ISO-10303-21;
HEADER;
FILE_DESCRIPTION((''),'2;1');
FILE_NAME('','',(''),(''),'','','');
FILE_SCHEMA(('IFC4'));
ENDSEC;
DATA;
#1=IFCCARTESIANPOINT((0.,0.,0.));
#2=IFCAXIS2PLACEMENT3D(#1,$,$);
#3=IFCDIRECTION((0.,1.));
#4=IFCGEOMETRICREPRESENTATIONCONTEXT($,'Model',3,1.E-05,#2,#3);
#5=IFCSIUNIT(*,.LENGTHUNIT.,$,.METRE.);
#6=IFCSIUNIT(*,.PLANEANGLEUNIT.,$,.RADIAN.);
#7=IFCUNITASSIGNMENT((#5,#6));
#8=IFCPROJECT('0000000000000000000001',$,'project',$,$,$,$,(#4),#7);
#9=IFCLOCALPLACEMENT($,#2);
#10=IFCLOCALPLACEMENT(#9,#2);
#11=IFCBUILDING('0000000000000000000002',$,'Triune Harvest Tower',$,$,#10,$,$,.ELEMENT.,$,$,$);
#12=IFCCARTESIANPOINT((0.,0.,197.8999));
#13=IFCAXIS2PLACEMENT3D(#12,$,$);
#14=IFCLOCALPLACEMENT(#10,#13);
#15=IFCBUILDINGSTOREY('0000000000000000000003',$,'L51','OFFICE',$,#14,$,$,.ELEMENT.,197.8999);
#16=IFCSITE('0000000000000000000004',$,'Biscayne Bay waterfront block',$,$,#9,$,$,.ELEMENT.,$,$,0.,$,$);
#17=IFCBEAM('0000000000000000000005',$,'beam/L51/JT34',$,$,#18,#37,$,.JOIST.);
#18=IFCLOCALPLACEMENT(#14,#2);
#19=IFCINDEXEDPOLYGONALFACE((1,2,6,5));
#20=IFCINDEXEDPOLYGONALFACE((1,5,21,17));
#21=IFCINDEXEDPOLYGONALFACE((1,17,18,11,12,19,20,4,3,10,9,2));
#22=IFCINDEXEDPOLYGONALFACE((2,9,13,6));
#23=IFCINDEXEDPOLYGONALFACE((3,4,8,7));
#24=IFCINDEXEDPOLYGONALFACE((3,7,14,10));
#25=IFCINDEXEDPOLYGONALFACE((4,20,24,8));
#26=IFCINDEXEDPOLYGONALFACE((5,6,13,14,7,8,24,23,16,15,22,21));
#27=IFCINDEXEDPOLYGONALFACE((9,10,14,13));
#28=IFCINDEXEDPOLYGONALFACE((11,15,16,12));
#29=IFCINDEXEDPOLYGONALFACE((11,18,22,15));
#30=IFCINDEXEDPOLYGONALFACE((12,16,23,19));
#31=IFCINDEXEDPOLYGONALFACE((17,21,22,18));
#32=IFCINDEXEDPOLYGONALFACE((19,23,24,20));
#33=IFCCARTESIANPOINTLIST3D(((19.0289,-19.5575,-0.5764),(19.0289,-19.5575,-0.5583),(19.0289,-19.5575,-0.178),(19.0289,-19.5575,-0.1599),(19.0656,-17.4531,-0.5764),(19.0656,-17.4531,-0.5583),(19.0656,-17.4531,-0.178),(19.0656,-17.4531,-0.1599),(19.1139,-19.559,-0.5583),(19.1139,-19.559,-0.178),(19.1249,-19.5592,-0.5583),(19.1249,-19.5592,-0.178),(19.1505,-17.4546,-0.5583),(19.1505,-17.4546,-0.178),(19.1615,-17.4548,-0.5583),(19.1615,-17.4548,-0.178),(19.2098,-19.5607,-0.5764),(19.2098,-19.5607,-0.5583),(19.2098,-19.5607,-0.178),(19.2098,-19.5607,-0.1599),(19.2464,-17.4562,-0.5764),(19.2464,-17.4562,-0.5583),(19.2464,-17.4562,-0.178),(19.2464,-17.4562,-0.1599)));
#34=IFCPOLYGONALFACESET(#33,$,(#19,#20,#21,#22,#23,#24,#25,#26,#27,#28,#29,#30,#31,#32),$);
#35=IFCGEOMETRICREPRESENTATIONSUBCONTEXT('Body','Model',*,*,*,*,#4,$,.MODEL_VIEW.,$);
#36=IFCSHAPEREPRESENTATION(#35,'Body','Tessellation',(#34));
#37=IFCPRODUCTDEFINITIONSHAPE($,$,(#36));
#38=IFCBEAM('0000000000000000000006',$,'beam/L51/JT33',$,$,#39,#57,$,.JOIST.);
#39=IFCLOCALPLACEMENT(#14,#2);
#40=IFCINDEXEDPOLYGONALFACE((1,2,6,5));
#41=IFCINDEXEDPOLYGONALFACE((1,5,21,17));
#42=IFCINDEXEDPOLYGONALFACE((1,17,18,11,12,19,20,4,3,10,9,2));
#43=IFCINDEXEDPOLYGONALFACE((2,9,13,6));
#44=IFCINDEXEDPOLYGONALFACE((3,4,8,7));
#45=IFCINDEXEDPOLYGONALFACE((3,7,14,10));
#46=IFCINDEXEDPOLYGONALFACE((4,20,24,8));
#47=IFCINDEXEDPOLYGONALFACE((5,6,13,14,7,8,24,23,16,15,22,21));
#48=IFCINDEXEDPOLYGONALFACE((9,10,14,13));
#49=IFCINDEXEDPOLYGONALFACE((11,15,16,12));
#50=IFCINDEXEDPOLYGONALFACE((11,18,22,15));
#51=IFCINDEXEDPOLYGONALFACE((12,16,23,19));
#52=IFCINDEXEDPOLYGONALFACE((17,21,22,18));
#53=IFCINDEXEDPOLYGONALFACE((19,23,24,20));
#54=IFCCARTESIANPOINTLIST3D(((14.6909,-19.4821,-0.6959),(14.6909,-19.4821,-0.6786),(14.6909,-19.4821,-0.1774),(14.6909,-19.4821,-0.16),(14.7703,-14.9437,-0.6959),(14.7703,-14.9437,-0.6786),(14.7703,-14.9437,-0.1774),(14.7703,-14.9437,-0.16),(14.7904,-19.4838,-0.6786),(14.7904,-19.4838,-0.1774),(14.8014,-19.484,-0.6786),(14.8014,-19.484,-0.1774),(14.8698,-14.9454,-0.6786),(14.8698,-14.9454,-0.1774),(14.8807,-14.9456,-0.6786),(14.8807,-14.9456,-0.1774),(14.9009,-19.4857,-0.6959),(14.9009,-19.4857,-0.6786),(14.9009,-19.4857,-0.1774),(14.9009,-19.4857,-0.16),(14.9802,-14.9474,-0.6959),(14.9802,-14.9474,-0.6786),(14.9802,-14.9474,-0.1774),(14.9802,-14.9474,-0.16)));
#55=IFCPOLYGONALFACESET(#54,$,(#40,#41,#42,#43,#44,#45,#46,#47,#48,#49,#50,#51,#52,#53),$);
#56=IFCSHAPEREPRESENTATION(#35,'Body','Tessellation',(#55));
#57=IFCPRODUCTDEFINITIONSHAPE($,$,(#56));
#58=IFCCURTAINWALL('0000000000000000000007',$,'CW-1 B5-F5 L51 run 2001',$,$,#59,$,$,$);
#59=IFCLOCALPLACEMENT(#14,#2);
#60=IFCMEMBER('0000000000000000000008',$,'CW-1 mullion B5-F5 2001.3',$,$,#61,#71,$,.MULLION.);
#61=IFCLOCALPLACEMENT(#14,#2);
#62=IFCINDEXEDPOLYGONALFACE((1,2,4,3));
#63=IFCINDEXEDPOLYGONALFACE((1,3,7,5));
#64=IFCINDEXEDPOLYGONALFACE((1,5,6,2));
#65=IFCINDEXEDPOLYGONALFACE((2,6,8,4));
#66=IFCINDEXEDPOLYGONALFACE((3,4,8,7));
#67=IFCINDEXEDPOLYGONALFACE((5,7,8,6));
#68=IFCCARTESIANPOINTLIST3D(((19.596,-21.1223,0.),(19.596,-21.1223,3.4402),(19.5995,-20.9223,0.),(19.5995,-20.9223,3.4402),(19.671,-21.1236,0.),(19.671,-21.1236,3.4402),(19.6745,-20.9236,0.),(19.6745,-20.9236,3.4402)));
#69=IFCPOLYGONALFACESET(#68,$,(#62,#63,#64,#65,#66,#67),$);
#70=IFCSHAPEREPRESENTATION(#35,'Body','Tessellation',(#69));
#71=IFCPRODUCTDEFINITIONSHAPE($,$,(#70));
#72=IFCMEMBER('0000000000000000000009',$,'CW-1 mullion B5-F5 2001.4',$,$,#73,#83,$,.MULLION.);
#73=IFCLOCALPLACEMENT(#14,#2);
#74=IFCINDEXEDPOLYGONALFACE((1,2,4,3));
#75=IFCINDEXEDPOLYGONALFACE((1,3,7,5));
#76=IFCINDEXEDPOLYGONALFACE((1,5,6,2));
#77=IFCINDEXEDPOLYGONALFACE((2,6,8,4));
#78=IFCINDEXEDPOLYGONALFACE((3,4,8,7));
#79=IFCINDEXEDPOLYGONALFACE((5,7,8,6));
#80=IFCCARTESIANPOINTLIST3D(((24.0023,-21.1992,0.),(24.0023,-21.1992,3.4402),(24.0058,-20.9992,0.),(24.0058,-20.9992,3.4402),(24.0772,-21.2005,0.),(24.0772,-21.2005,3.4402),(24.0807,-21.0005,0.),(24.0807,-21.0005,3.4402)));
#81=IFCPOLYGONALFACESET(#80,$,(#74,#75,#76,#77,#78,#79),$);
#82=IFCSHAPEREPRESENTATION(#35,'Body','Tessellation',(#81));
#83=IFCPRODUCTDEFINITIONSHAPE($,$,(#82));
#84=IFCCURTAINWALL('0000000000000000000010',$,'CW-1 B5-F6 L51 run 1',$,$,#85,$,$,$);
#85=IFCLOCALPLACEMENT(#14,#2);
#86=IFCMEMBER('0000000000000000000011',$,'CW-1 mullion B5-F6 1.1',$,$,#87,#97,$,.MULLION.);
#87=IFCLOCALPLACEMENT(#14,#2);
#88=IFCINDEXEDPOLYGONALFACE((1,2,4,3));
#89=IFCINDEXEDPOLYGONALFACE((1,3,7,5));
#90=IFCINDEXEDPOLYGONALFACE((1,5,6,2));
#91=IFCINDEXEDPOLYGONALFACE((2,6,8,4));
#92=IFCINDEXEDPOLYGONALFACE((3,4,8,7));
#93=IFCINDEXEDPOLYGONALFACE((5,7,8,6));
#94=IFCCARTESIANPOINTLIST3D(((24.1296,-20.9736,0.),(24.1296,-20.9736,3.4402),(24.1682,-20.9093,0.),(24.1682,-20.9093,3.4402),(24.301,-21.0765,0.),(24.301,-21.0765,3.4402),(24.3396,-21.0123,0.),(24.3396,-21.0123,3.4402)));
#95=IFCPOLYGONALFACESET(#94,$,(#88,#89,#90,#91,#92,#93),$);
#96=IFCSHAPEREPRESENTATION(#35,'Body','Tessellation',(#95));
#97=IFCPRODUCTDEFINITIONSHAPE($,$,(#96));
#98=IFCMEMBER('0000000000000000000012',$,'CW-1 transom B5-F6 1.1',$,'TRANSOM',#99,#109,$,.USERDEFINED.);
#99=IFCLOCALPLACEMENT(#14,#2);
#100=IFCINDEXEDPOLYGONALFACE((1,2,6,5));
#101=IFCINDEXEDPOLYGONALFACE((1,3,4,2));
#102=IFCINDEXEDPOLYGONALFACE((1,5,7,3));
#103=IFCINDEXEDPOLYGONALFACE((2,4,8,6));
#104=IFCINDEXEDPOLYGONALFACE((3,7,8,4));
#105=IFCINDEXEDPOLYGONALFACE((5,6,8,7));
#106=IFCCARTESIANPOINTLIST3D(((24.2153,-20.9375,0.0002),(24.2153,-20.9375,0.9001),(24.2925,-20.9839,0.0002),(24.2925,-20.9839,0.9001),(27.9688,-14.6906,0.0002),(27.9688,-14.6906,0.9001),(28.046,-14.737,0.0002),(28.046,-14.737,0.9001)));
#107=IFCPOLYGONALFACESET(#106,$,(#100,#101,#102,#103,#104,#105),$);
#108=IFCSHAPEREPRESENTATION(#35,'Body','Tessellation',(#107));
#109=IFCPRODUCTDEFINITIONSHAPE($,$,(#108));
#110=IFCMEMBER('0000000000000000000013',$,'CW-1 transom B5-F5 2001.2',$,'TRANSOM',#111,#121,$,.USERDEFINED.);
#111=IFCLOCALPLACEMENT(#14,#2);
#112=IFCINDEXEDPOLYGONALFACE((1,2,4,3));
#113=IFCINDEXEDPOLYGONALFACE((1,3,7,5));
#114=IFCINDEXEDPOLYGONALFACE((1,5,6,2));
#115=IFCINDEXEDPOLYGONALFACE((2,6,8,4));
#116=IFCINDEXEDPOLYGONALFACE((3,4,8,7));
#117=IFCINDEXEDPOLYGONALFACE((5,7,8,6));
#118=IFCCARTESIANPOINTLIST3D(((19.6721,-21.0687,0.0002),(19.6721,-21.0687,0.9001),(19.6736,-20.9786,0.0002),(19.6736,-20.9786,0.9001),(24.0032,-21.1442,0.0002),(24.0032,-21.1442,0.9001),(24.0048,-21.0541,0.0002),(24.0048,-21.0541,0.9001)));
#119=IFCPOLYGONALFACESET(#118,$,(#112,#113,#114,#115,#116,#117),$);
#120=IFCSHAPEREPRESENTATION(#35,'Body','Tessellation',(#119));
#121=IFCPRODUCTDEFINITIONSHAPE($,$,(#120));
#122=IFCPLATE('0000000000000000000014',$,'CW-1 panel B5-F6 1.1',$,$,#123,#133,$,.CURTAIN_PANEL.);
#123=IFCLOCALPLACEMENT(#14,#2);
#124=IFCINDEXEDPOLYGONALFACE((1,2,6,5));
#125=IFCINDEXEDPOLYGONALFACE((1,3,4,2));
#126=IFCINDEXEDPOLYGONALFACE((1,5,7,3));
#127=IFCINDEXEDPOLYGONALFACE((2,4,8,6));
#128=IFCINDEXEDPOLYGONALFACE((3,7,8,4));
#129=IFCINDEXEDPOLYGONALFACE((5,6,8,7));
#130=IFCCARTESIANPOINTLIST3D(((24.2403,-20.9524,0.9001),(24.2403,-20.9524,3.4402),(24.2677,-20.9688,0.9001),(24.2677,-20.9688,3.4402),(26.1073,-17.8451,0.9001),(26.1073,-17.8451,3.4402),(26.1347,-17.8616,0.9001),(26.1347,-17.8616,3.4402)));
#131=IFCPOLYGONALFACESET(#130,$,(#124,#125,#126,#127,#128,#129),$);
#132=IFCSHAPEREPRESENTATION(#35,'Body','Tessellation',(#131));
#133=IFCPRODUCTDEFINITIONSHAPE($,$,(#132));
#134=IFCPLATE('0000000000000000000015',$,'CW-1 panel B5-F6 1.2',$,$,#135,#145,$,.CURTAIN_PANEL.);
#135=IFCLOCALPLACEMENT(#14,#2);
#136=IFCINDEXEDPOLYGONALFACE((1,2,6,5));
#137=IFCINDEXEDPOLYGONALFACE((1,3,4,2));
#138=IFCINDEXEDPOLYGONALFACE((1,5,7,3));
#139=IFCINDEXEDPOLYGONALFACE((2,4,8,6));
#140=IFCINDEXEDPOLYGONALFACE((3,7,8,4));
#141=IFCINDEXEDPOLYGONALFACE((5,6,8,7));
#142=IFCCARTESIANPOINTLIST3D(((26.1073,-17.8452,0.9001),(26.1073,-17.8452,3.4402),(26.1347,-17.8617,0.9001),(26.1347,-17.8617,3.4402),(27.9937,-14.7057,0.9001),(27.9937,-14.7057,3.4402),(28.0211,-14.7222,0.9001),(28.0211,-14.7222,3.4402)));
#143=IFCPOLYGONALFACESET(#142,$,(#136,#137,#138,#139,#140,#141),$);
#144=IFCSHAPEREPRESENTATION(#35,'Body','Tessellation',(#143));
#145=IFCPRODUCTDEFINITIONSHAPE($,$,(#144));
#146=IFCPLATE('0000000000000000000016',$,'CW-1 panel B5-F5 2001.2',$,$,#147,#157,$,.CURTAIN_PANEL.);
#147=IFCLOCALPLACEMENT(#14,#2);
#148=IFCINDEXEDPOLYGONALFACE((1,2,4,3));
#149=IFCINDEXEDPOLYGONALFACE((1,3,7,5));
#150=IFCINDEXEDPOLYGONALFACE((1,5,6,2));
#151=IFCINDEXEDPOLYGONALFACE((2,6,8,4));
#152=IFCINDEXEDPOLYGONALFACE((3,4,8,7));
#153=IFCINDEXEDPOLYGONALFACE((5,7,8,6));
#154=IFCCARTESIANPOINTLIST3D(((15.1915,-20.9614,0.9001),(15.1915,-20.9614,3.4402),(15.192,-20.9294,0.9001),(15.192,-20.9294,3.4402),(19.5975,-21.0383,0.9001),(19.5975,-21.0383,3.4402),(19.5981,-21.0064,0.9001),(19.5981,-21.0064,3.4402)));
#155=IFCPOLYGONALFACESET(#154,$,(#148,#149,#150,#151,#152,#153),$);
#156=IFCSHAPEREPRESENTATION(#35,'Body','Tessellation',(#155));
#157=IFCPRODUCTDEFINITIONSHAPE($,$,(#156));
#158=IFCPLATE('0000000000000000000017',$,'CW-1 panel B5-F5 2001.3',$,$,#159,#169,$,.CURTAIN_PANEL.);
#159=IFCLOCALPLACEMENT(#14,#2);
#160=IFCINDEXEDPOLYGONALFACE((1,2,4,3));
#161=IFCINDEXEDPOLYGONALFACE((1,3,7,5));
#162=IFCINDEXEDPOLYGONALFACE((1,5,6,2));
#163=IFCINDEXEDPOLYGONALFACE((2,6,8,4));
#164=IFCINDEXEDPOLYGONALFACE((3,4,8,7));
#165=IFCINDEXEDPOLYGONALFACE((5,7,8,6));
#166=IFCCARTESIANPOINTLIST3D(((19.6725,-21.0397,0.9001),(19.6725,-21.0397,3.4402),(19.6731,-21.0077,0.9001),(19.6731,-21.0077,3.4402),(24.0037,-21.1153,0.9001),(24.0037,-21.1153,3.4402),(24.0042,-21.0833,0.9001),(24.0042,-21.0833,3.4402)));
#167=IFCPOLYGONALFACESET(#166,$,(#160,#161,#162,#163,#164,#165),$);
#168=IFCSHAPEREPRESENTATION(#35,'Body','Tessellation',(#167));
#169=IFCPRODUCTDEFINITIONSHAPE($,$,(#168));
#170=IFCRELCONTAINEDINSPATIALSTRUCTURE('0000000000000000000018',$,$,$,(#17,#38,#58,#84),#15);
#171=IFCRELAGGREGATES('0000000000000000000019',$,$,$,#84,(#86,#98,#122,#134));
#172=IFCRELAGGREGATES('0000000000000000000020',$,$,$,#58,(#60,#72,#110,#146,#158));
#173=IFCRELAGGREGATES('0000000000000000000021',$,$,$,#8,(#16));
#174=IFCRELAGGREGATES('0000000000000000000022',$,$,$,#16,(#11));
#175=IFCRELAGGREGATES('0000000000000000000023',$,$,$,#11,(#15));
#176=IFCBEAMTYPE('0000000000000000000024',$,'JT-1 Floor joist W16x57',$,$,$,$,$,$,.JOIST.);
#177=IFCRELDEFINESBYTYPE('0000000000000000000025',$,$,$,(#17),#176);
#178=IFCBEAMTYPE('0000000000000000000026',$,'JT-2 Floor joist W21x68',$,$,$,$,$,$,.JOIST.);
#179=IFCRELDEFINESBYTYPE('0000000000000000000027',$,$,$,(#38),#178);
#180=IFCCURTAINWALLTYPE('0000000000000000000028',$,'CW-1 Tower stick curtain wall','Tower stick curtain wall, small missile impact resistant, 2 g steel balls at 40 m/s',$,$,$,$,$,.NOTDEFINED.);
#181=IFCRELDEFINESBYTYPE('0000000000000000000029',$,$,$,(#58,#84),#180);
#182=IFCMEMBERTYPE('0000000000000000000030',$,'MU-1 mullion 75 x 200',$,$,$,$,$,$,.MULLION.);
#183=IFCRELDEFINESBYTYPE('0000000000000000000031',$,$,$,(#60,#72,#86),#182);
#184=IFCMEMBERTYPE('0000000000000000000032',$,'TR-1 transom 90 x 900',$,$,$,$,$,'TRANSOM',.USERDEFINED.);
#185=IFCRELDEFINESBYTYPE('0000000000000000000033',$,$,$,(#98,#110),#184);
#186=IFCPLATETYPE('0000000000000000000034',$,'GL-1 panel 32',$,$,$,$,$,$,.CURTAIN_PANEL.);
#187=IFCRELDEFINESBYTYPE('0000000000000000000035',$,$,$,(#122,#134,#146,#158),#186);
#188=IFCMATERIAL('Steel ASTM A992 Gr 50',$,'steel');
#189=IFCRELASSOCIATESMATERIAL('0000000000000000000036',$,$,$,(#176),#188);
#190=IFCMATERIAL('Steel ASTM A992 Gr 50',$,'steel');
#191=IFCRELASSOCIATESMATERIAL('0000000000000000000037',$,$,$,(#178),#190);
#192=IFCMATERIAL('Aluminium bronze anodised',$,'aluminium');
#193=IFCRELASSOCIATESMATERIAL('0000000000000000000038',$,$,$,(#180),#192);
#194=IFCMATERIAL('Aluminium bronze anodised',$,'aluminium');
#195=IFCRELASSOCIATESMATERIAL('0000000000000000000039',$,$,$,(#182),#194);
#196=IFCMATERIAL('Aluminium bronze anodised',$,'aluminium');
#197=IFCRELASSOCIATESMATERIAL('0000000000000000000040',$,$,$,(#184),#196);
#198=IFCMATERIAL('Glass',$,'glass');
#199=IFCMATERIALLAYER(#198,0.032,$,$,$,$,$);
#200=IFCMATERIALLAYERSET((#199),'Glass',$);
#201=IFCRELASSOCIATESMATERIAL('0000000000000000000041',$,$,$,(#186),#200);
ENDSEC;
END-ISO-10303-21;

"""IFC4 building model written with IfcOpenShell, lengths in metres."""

from ifc_helpers import new_model, si_unit, direction, frame, origin, origin_2d, place, context, subcontext, project, spatial, rectangle, i_section, extrude, source, transform, mapped, material, layer, layer_set, material_profile, profile_set, type_object, element, aggregate, save


model = new_model("IFC4")

# Units and contexts
model_context = context("Model", 3, precision=1e-05, world=origin(), true_north=direction((0.0, 1.0)))
body_context = subcontext(model_context, "Body", "Model", "MODEL_VIEW")
ifc_project = project(units=[si_unit("LENGTHUNIT", "METRE"), si_unit("PLANEANGLEUNIT", "RADIAN")], contexts=[model_context])

# Site, building, storey
site_placement = place(None, origin())
site = spatial("IfcSite", under=ifc_project, at=site_placement, Name="Biscayne Bay waterfront block", CompositionType="ELEMENT", RefElevation=0.0)
building_placement = place(site_placement, origin())
building = spatial("IfcBuilding", under=site, at=building_placement, Name="Triune Harvest Tower", CompositionType="ELEMENT")
storey_placement = place(building_placement, frame((0.0, 0.0, 197.8999)))
storey = spatial("IfcBuildingStorey", under=building, at=storey_placement, Name="L51", Description="OFFICE", CompositionType="ELEMENT", Elevation=197.8999)

# Beams
ifc_material_1 = material(Name="Steel ASTM A992 Gr 50", Category="steel")
ifc_material_profile_1 = material_profile(ifc_material_1, i_section(OverallWidth=0.1809, OverallDepth=0.4165, WebThickness=0.011, FlangeThickness=0.0181, at=origin_2d()), Name="W16x57")
ifc_profile_set_1 = profile_set([ifc_material_profile_1], Name="Steel ASTM A992 Gr 50")
beam_type_1 = type_object("IfcBeamType", Name="JT-1 Floor joist W16x57", PredefinedType="JOIST", material=ifc_profile_set_1)
shared_shape_1 = source(origin(), body_context, "Body", "SweptSolid", [
    extrude(i_section(OverallWidth=0.1809, OverallDepth=0.4165, WebThickness=0.011, FlangeThickness=0.0181, at=origin_2d()), origin(), (0.0, 0.0, 1.0), 2.1047),
])
beam_1_placement = place(storey_placement, frame((19.1194, -19.5591, -0.3682), z_axis=(0.017399, 0.999849, 0.0), x_axis=(-0.999849, 0.017399, 0.0)))
element("IfcBeam", 1, at=beam_1_placement, inside=storey, type_object=beam_type_1, Name="beam/L51/JT34", PredefinedType="JOIST", context=body_context, shape_type="MappedRepresentation", body=[
    mapped(shared_shape_1, transform((0.0, 0.0, 0.0), scale=1.0)),
])
ifc_material_2 = material(Name="Steel ASTM A992 Gr 50", Category="steel")
ifc_material_profile_2 = material_profile(ifc_material_2, i_section(OverallWidth=0.21, OverallDepth=0.5359, WebThickness=0.011, FlangeThickness=0.0173, at=origin_2d()), Name="W21x68")
ifc_profile_set_2 = profile_set([ifc_material_profile_2], Name="Steel ASTM A992 Gr 50")
beam_type_2 = type_object("IfcBeamType", Name="JT-2 Floor joist W21x68", PredefinedType="JOIST", material=ifc_profile_set_2)
shared_shape_2 = source(origin(), body_context, "Body", "SweptSolid", [
    extrude(i_section(OverallWidth=0.21, OverallDepth=0.5359, WebThickness=0.011, FlangeThickness=0.0173, at=origin_2d()), origin(), (0.0, 0.0, 1.0), 4.5391),
])
beam_2_placement = place(storey_placement, frame((14.7959, -19.4839, -0.428), z_axis=(0.017481, 0.999847, 0.0), x_axis=(-0.999847, 0.017481, 0.0)))
element("IfcBeam", 2, at=beam_2_placement, inside=storey, type_object=beam_type_2, Name="beam/L51/JT33", PredefinedType="JOIST", context=body_context, shape_type="MappedRepresentation", body=[
    mapped(shared_shape_2, transform((0.0, 0.0, 0.0), scale=1.0)),
])

# Curtain walls, members
ifc_material_3 = material(Name="Aluminium bronze anodised", Category="aluminium")
curtain_wall_type = type_object("IfcCurtainWallType", Name="CW-1 Tower stick curtain wall", Description="Tower stick curtain wall, small missile impact resistant, 2 g steel balls at 40 m/s", PredefinedType="NOTDEFINED", material=ifc_material_3)
curtain_wall_1_placement = place(storey_placement, origin())
curtain_wall_1 = element("IfcCurtainWall", 3, at=curtain_wall_1_placement, inside=storey, type_object=curtain_wall_type, Name="CW-1 B5-F5 L51 run 2001")
ifc_material_4 = material(Name="Aluminium bronze anodised", Category="aluminium")
ifc_material_profile_3 = material_profile(ifc_material_4, rectangle(XDim=0.2, YDim=0.075, at=origin_2d()), Name="MU-1 mullion 75 x 200")
ifc_profile_set_3 = profile_set([ifc_material_profile_3], Name="Aluminium bronze anodised")
member_type_1 = type_object("IfcMemberType", Name="MU-1 mullion 75 x 200", PredefinedType="MULLION", material=ifc_profile_set_3)
shared_shape_3 = source(origin(), body_context, "Body", "SweptSolid", [
    extrude(rectangle(XDim=0.2, YDim=0.075, at=origin_2d()), origin(), (0.0, 0.0, 1.0), 3.4402),
])
member_1_placement = place(storey_placement, frame((19.6353, -21.0229, 0.0), z_axis=(0.0, 0.0, 1.0), x_axis=(0.017455, 0.999848, 0.0)))
member_1 = element("IfcMember", 4, at=member_1_placement, type_object=member_type_1, Name="CW-1 mullion B5-F5 2001.3", PredefinedType="MULLION", context=body_context, shape_type="MappedRepresentation", body=[
    mapped(shared_shape_3, transform((0.0, 0.0, 0.0), scale=1.0)),
])
member_2_placement = place(storey_placement, frame((24.0415, -21.0999, 0.0), z_axis=(0.0, 0.0, 1.0), x_axis=(0.017455, 0.999848, 0.0)))
member_2 = element("IfcMember", 5, at=member_2_placement, type_object=member_type_1, Name="CW-1 mullion B5-F5 2001.4", PredefinedType="MULLION", context=body_context, shape_type="MappedRepresentation", body=[
    mapped(shared_shape_3, transform((0.0, 0.0, 0.0), scale=1.0)),
])
curtain_wall_2_placement = place(storey_placement, origin())
curtain_wall_2 = element("IfcCurtainWall", 6, at=curtain_wall_2_placement, inside=storey, type_object=curtain_wall_type, Name="CW-1 B5-F6 L51 run 1")
member_3_placement = place(storey_placement, frame((24.2346, -20.9929, 0.0), z_axis=(0.0, 0.0, 1.0), x_axis=(-0.857168, 0.515037, 0.0)))
member_3 = element("IfcMember", 7, at=member_3_placement, type_object=member_type_1, Name="CW-1 mullion B5-F6 1.1", PredefinedType="MULLION", context=body_context, shape_type="MappedRepresentation", body=[
    mapped(shared_shape_3, transform((0.0, 0.0, 0.0), scale=1.0)),
])
ifc_material_5 = material(Name="Aluminium bronze anodised", Category="aluminium")
ifc_material_profile_4 = material_profile(ifc_material_5, rectangle(XDim=0.0901, YDim=0.8999, at=origin_2d()), Name="TR-1 transom 90 x 900")
ifc_profile_set_4 = profile_set([ifc_material_profile_4], Name="Aluminium bronze anodised")
member_type_2 = type_object("IfcMemberType", Name="TR-1 transom 90 x 900", ElementType="TRANSOM", PredefinedType="USERDEFINED", material=ifc_profile_set_4)
shared_shape_4 = source(origin(), body_context, "Body", "SweptSolid", [
    extrude(rectangle(XDim=0.0901, YDim=0.8999, at=origin_2d()), origin(), (0.0, 0.0, 1.0), 7.2878),
])
member_4_placement = place(storey_placement, frame((24.2539, -20.9607, 0.4502), z_axis=(0.515033, 0.857171, 0.0), x_axis=(-0.857171, 0.515033, 0.0)))
member_4 = element("IfcMember", 8, at=member_4_placement, type_object=member_type_2, Name="CW-1 transom B5-F6 1.1", ObjectType="TRANSOM", PredefinedType="USERDEFINED", context=body_context, shape_type="MappedRepresentation", body=[
    mapped(shared_shape_4, transform((0.0, 0.0, 0.0), scale=1.0)),
])

# Member
shared_shape_5 = source(origin(), body_context, "Body", "SweptSolid", [
    extrude(rectangle(XDim=0.0901, YDim=0.8999, at=origin_2d()), origin(), (0.0, 0.0, 1.0), 4.3318),
])
member_5_placement = place(storey_placement, frame((19.6729, -21.0237, 0.4502), z_axis=(0.999848, -0.017416, 0.0), x_axis=(0.017416, 0.999848, 0.0)))
member_5 = element("IfcMember", 9, at=member_5_placement, type_object=member_type_2, Name="CW-1 transom B5-F5 2001.2", ObjectType="TRANSOM", PredefinedType="USERDEFINED", context=body_context, shape_type="MappedRepresentation", body=[
    mapped(shared_shape_5, transform((0.0, 0.0, 0.0), scale=1.0)),
])

# Plates
ifc_material_6 = material(Name="Glass", Category="glass")
ifc_layer_1 = layer(ifc_material_6, 0.032)
ifc_layer_set_1 = layer_set([ifc_layer_1], Name="Glass")
plate_type = type_object("IfcPlateType", Name="GL-1 panel 32", PredefinedType="CURTAIN_PANEL", material=ifc_layer_set_1)
shared_shape_6 = source(origin(), body_context, "Body", "SweptSolid", [
    extrude(rectangle(XDim=3.625, YDim=0.032, at=origin_2d()), origin(), (0.0, 0.0, 1.0), 2.54),
])
plate_1_placement = place(storey_placement, frame((25.1875, -19.407, 0.9001), z_axis=(0.0, 0.0, 1.0), x_axis=(0.515037, 0.857168, 0.0)))
plate_1 = element("IfcPlate", 10, at=plate_1_placement, type_object=plate_type, Name="CW-1 panel B5-F6 1.1", PredefinedType="CURTAIN_PANEL", context=body_context, shape_type="MappedRepresentation", body=[
    mapped(shared_shape_6, transform((0.0, 0.0, 0.0), scale=1.0)),
])
shared_shape_7 = source(origin(), body_context, "Body", "SweptSolid", [
    extrude(rectangle(XDim=3.6626, YDim=0.032, at=origin_2d()), origin(), (0.0, 0.0, 1.0), 2.54),
])
plate_2_placement = place(storey_placement, frame((27.0642, -16.2837, 0.9001), z_axis=(0.0, 0.0, 1.0), x_axis=(0.515037, 0.857168, 0.0)))
plate_2 = element("IfcPlate", 11, at=plate_2_placement, type_object=plate_type, Name="CW-1 panel B5-F6 1.2", PredefinedType="CURTAIN_PANEL", context=body_context, shape_type="MappedRepresentation", body=[
    mapped(shared_shape_7, transform((0.0, 0.0, 0.0), scale=1.0)),
])
aggregate(curtain_wall_2, [member_3, member_4, plate_1, plate_2])
shared_shape_8 = source(origin(), body_context, "Body", "SweptSolid", [
    extrude(rectangle(XDim=4.4067, YDim=0.032, at=origin_2d()), origin(), (0.0, 0.0, 1.0), 2.54),
])
plate_3_placement = place(storey_placement, frame((17.3948, -20.9839, 0.9001), z_axis=(0.0, 0.0, 1.0), x_axis=(0.999848, -0.017455, 0.0)))
plate_3 = element("IfcPlate", 12, at=plate_3_placement, type_object=plate_type, Name="CW-1 panel B5-F5 2001.2", PredefinedType="CURTAIN_PANEL", context=body_context, shape_type="MappedRepresentation", body=[
    mapped(shared_shape_8, transform((0.0, 0.0, 0.0), scale=1.0)),
])
shared_shape_9 = source(origin(), body_context, "Body", "SweptSolid", [
    extrude(rectangle(XDim=4.3318, YDim=0.032, at=origin_2d()), origin(), (0.0, 0.0, 1.0), 2.54),
])
plate_4_placement = place(storey_placement, frame((21.8384, -21.0615, 0.9001), z_axis=(0.0, 0.0, 1.0), x_axis=(0.999848, -0.017455, 0.0)))
plate_4 = element("IfcPlate", 13, at=plate_4_placement, type_object=plate_type, Name="CW-1 panel B5-F5 2001.3", PredefinedType="CURTAIN_PANEL", context=body_context, shape_type="MappedRepresentation", body=[
    mapped(shared_shape_9, transform((0.0, 0.0, 0.0), scale=1.0)),
])
aggregate(curtain_wall_1, [member_1, member_2, member_5, plate_3, plate_4])

save(model, "model.ifc")
